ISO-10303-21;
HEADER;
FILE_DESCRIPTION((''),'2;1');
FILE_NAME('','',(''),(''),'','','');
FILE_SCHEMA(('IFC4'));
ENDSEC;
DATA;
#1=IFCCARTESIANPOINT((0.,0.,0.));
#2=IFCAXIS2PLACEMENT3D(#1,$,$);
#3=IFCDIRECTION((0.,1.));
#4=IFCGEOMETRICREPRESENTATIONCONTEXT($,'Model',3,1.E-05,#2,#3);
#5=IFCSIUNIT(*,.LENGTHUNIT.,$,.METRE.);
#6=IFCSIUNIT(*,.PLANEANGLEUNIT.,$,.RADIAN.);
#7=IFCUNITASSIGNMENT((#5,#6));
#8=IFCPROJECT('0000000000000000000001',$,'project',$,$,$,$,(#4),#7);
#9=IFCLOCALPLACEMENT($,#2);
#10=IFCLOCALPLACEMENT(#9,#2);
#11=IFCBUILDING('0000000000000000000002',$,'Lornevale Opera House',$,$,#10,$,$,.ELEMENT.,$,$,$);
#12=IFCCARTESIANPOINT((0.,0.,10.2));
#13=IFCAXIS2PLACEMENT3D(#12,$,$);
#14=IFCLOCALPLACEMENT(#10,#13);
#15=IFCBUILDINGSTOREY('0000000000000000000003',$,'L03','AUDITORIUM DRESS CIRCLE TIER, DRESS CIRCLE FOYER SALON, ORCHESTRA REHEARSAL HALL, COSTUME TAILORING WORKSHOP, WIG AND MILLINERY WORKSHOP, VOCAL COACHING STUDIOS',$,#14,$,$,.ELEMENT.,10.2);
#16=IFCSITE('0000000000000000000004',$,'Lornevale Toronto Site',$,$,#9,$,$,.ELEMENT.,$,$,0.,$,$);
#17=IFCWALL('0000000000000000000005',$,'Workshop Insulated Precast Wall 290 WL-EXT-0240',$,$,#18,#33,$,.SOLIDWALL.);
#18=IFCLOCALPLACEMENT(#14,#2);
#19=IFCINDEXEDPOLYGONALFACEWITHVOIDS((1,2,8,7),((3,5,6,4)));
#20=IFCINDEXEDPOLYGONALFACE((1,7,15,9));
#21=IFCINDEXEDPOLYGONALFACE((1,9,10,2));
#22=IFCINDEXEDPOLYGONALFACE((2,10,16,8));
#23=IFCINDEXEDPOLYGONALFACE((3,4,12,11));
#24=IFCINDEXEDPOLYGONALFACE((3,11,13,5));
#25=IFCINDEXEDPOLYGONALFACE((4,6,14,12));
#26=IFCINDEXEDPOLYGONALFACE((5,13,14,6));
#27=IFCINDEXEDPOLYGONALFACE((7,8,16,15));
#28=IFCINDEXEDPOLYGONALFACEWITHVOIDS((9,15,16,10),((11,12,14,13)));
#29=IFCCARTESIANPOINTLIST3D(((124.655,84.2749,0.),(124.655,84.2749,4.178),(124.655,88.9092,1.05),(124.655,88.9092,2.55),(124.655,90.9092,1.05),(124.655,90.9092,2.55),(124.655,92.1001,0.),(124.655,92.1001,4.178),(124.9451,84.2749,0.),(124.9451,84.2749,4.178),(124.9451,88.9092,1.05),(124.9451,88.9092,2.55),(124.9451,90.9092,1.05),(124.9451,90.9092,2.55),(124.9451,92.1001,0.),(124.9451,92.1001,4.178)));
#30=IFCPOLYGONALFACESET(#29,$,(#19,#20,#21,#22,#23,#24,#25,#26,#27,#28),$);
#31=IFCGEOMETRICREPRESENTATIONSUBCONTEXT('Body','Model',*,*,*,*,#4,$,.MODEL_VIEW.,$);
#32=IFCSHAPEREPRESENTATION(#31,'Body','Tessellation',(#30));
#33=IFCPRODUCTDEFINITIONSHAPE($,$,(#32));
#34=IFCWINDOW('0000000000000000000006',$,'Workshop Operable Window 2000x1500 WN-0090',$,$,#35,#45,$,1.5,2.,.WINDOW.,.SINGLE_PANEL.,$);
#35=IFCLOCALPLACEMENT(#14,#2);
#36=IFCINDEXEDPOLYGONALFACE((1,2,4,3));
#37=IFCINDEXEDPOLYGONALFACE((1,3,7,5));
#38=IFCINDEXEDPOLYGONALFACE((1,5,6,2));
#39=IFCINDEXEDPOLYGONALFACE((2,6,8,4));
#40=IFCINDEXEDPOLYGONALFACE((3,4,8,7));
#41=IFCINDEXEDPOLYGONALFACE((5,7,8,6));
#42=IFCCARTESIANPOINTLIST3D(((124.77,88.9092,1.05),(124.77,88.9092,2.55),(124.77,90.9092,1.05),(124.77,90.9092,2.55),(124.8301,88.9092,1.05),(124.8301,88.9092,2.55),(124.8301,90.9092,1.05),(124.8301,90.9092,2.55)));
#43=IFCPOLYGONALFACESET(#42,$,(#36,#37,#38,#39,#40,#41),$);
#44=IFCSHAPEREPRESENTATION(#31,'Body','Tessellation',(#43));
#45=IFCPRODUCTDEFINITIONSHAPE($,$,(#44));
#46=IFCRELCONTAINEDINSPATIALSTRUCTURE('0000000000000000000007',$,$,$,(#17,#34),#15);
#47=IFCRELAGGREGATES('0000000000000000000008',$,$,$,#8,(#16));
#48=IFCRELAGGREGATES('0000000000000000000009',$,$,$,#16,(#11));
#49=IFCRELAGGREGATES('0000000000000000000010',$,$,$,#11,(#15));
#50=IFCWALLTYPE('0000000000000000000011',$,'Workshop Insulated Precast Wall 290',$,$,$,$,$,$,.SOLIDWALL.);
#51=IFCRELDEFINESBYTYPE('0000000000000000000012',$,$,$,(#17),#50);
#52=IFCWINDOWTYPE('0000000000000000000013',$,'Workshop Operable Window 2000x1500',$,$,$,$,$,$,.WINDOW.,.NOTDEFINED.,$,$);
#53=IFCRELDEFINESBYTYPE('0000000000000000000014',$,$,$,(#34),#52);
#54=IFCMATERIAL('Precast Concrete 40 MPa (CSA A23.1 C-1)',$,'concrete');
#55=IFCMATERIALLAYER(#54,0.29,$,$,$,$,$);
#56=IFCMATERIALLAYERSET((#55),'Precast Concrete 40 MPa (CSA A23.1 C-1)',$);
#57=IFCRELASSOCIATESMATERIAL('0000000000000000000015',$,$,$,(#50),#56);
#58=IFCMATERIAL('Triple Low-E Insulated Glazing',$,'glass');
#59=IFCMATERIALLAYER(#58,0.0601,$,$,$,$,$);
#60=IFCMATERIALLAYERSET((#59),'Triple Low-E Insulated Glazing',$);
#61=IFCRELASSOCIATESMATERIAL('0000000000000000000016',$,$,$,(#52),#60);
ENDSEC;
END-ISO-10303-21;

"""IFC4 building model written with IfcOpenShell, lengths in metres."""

from ifc_helpers import new_model, si_unit, direction, frame, frame_2d, origin, place, context, subcontext, project, spatial, rectangle, extrude, material, layer, layer_set, type_object, element, fill, save


model = new_model("IFC4")

# Units and contexts
model_context = context("Model", 3, precision=1e-05, world=origin(), true_north=direction((0.0, 1.0)))
body_context = subcontext(model_context, "Body", "Model", "MODEL_VIEW")
ifc_project = project(units=[si_unit("LENGTHUNIT", "METRE"), si_unit("PLANEANGLEUNIT", "RADIAN")], contexts=[model_context])

# Site, building, storey
site_placement = place(None, origin())
site = spatial("IfcSite", under=ifc_project, at=site_placement, Name="Lornevale Toronto Site", CompositionType="ELEMENT", RefElevation=0.0)
building_placement = place(site_placement, origin())
building = spatial("IfcBuilding", under=site, at=building_placement, Name="Lornevale Opera House", CompositionType="ELEMENT")
storey_placement = place(building_placement, frame((0.0, 0.0, 10.2)))
storey = spatial("IfcBuildingStorey", under=building, at=storey_placement, Name="L03", Description="AUDITORIUM DRESS CIRCLE TIER, DRESS CIRCLE FOYER SALON, ORCHESTRA REHEARSAL HALL, COSTUME TAILORING WORKSHOP, WIG AND MILLINERY WORKSHOP, VOCAL COACHING STUDIOS", CompositionType="ELEMENT", Elevation=10.2)

# Shared definitions
ifc_material_1 = material(Name="Precast Concrete 40 MPa (CSA A23.1 C-1)", Category="concrete")

# Shared definitions
ifc_layer_1 = layer(ifc_material_1, 0.29)
ifc_layer_set_1 = layer_set([ifc_layer_1], Name="Precast Concrete 40 MPa (CSA A23.1 C-1)")
wall_type_1 = type_object("IfcWallType", Name="Workshop Insulated Precast Wall 290", PredefinedType="SOLIDWALL", material=ifc_layer_set_1)
ifc_material_2 = material(Name="Triple Low-E Insulated Glazing", Category="glass")

# Wall, opening, window
wall_1_placement = place(storey_placement, frame((124.8, 92.1001, 0.0), z_axis=(0.0, 0.0, 1.0), x_axis=(0.0, -1.0, 0.0)))
wall_1 = element("IfcWall", 1, at=wall_1_placement, inside=storey, type_object=wall_type_1, Name="Workshop Insulated Precast Wall 290 WL-EXT-0240", PredefinedType="SOLIDWALL", context=body_context, shape_type="SweptSolid", body=[
    extrude(rectangle(XDim=7.8252, YDim=0.29, at=frame_2d((3.9126, 0.0))), origin(), (0.0, 0.0, 1.0), 4.178),
])
opening_1_placement = place(wall_1_placement, frame((1.1909, 0.0, 1.05)))
opening_1 = element("IfcOpeningElement", 2, at=opening_1_placement, cuts=wall_1, PredefinedType="OPENING", context=body_context, shape_type="SweptSolid", body=[
    extrude(rectangle(XDim=2.0, YDim=1.5, at=frame_2d((1.0, 0.75))), frame((0.0, 0.155, 0.0), z_axis=(0.0, -1.0, 0.0), x_axis=(1.0, 0.0, 0.0)), (0.0, 0.0, 1.0), 0.3101),
])
ifc_layer_2 = layer(ifc_material_2, 0.0601)
ifc_layer_set_2 = layer_set([ifc_layer_2], Name="Triple Low-E Insulated Glazing")
window_type_1 = type_object("IfcWindowType", Name="Workshop Operable Window 2000x1500", PartitioningType="NOTDEFINED", PredefinedType="WINDOW", material=ifc_layer_set_2)
window_1_placement = place(opening_1_placement, origin())
window_1 = element("IfcWindow", 3, at=window_1_placement, inside=storey, type_object=window_type_1, Name="Workshop Operable Window 2000x1500 WN-0090", OverallHeight=1.5, OverallWidth=2.0, PartitioningType="SINGLE_PANEL", PredefinedType="WINDOW", context=body_context, shape_type="SweptSolid", body=[
    extrude(rectangle(XDim=2.0, YDim=1.5, at=frame_2d((1.0, 0.75))), frame((0.0, 0.03, 0.0), z_axis=(0.0, -1.0, 0.0), x_axis=(1.0, 0.0, 0.0)), (0.0, 0.0, 1.0), 0.0601),
])
fill(opening_1, window_1)

save(model, "model.ifc")
